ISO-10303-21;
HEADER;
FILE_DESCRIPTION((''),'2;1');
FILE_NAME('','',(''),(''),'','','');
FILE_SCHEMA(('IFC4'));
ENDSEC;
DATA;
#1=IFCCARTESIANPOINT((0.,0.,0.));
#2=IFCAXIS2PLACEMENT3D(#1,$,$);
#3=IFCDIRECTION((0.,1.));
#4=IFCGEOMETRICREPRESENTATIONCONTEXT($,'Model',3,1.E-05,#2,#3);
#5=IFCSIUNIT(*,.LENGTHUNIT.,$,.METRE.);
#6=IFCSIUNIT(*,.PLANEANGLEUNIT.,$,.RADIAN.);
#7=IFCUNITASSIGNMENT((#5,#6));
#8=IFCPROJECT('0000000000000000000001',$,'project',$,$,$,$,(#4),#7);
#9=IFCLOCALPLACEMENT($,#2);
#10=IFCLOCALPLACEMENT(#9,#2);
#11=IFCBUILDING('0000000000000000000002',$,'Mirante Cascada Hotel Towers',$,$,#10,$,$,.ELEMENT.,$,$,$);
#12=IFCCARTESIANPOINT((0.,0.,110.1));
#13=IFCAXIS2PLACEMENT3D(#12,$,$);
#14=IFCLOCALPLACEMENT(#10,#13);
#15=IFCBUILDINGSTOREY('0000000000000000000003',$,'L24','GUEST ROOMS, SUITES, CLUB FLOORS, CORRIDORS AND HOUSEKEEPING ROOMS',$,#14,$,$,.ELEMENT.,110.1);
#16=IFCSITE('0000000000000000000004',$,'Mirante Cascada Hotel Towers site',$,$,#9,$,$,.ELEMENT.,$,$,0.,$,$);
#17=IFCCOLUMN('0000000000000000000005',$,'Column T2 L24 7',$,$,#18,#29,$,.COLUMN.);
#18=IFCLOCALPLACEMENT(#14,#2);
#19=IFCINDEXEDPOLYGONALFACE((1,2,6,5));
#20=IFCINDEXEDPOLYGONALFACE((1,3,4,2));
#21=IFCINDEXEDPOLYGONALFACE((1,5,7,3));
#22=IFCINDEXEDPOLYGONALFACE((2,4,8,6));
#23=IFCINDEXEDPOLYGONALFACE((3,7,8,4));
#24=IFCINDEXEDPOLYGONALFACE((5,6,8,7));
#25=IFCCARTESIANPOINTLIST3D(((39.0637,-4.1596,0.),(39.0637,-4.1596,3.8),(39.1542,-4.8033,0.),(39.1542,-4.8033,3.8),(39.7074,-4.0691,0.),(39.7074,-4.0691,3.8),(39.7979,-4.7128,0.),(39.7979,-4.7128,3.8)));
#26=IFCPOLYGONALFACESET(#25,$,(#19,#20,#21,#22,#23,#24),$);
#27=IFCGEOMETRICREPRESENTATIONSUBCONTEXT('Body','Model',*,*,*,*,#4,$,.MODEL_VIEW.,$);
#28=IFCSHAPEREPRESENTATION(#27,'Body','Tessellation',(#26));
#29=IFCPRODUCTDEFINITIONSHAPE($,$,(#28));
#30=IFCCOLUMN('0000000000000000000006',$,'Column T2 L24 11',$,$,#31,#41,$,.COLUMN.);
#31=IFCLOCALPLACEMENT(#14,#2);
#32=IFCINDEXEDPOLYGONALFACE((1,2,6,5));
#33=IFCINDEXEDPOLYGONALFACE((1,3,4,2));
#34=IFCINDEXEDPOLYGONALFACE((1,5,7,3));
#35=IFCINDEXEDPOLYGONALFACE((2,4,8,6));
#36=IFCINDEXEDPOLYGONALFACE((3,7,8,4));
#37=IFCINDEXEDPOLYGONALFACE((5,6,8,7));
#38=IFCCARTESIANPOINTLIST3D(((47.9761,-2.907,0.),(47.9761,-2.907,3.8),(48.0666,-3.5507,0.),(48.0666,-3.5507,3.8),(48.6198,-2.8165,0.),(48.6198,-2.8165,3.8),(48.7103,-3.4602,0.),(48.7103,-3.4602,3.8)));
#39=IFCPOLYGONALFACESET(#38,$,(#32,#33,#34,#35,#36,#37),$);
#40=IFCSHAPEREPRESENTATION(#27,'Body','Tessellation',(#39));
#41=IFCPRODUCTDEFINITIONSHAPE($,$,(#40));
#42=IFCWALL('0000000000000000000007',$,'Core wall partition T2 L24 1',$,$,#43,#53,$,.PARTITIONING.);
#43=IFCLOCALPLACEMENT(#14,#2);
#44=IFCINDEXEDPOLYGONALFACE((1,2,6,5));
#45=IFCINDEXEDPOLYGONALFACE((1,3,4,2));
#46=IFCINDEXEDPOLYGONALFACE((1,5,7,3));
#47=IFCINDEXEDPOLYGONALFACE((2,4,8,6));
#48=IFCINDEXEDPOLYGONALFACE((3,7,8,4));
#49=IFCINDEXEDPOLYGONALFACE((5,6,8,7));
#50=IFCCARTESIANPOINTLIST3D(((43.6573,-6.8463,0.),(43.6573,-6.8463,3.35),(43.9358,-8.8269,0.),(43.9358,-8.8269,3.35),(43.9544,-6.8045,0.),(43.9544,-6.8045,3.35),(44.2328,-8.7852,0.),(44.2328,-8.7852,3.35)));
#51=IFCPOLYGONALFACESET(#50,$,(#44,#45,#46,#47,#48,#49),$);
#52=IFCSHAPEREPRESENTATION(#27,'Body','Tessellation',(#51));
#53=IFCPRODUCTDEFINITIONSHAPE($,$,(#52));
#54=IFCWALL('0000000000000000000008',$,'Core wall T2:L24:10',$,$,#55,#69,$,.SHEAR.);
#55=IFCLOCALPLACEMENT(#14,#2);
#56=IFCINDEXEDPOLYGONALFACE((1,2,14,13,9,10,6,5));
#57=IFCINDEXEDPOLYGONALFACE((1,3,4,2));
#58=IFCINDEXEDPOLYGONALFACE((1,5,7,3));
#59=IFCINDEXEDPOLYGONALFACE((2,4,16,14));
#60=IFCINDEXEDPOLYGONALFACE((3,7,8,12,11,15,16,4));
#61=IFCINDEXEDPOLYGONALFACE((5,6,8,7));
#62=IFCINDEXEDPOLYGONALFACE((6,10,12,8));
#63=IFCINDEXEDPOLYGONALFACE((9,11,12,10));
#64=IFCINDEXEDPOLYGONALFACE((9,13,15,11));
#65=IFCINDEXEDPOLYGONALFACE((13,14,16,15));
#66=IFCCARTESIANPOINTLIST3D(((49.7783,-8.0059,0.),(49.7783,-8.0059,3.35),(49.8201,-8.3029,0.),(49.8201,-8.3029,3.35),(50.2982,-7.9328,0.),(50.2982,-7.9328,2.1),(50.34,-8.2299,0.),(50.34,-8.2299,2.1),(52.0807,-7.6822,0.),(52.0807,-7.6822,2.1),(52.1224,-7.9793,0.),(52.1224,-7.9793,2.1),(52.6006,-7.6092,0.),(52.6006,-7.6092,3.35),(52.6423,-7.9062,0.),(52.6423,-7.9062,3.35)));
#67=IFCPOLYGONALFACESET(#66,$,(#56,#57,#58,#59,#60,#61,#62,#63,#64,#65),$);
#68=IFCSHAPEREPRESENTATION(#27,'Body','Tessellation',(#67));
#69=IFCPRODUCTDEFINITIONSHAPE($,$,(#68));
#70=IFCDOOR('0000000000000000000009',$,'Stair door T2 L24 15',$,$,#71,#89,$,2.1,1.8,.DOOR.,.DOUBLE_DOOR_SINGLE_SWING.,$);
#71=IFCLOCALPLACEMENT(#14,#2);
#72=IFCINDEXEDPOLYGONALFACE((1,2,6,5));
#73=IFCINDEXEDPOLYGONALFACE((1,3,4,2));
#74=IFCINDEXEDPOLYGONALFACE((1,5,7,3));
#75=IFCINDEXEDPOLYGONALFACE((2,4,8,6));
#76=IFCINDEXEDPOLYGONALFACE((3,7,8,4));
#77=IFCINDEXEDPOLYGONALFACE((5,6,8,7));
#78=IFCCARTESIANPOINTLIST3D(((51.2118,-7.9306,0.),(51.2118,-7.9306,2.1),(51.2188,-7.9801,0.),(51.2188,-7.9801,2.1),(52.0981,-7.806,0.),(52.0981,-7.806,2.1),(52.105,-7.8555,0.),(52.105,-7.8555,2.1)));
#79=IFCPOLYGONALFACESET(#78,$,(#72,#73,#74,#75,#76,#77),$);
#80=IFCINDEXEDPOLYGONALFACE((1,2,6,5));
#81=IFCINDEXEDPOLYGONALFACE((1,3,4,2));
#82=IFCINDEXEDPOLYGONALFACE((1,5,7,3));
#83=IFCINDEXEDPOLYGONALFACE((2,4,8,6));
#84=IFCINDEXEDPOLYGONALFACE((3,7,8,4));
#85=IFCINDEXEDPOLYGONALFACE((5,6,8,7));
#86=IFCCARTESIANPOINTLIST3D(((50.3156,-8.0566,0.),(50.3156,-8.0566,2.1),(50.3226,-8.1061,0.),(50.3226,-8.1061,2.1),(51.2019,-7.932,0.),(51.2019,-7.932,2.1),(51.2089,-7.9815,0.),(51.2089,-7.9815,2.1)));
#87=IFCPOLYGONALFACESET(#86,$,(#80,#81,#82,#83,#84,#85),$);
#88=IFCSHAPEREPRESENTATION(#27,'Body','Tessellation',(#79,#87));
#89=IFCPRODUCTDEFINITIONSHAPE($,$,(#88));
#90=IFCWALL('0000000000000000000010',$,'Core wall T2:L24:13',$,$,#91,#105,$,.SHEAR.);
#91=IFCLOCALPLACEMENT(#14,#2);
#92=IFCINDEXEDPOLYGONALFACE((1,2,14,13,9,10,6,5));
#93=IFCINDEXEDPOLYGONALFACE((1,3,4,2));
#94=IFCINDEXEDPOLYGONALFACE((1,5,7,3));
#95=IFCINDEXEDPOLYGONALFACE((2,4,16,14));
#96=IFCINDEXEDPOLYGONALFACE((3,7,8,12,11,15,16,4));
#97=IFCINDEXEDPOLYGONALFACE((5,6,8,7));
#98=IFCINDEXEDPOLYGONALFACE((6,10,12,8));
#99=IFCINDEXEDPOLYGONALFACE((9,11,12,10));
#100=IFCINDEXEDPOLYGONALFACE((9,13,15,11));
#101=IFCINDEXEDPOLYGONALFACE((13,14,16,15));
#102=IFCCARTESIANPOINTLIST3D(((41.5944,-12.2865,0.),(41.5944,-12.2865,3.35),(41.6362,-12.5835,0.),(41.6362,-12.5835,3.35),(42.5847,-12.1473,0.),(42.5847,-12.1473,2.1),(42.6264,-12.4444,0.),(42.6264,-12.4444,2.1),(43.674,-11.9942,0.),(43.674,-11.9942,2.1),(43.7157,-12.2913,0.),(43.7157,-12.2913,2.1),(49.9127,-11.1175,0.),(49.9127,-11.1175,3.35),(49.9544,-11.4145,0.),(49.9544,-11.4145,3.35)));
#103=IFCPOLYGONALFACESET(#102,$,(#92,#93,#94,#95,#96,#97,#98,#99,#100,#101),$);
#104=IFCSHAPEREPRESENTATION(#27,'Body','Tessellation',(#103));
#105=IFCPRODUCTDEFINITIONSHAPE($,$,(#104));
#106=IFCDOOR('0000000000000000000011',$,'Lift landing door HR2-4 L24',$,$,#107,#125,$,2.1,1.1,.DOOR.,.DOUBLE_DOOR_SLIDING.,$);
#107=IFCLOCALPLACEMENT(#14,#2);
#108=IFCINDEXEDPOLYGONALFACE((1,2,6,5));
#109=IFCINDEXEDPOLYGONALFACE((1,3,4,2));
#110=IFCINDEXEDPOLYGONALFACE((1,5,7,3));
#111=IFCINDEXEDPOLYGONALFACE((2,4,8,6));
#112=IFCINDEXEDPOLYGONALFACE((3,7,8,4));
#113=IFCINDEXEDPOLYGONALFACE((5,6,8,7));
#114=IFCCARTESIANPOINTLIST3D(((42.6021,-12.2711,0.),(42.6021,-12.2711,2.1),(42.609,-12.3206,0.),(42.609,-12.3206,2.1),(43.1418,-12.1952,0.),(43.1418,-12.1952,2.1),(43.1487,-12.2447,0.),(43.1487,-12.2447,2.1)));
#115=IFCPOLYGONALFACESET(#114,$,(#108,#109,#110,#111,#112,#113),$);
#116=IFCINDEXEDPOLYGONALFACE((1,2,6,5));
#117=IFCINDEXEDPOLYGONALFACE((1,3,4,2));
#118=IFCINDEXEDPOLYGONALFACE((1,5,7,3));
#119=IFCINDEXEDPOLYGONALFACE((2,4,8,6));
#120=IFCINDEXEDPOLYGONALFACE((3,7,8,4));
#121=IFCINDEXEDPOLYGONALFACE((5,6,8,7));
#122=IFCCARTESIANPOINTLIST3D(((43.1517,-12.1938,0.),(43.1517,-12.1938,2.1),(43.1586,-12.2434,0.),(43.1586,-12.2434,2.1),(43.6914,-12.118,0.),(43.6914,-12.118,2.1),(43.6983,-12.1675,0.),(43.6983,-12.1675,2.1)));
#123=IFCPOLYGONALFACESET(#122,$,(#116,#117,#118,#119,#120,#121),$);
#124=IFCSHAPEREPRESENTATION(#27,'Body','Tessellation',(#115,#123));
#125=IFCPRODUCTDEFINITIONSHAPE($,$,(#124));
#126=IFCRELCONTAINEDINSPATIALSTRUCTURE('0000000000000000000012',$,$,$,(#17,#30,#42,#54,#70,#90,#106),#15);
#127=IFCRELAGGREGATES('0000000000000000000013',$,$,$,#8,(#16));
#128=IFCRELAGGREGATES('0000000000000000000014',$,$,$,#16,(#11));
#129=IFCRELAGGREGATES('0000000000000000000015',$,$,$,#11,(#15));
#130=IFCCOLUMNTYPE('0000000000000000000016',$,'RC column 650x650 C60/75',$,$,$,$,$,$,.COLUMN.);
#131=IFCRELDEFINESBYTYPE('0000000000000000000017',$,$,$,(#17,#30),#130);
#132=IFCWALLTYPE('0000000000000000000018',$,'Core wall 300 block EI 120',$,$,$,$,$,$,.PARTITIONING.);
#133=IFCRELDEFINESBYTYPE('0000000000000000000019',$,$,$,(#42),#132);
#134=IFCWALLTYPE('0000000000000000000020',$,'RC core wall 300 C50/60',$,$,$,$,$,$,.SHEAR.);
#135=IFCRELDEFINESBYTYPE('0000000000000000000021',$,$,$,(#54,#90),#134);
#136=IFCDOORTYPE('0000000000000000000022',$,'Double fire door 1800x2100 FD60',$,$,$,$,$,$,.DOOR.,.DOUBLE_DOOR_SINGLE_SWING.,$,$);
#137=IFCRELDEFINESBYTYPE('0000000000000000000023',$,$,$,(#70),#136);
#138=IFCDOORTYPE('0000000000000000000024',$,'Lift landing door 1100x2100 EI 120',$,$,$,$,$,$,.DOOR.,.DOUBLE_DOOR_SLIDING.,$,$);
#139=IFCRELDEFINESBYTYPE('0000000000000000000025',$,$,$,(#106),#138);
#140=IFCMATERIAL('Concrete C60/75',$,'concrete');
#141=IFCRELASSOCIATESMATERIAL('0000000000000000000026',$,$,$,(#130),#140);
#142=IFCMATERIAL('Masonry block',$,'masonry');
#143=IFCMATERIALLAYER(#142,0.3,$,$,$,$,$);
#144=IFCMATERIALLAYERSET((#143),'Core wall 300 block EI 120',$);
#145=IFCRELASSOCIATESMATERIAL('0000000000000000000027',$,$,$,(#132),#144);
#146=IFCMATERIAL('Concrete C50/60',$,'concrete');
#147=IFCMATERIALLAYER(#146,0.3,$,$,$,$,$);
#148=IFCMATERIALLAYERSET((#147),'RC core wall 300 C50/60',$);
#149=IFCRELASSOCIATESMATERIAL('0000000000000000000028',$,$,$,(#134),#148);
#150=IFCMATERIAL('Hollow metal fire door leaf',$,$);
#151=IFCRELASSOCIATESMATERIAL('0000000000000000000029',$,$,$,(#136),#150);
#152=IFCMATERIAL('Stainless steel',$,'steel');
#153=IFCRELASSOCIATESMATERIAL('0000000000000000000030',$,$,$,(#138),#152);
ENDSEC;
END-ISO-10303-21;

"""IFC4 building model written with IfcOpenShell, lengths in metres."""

from ifc_helpers import new_model, si_unit, direction, frame, frame_2d, origin, origin_2d, place, context, subcontext, project, spatial, rectangle, extrude, material, layer, layer_set, material_profile, profile_set, type_object, element, fill, save


model = new_model("IFC4")

# Units and contexts
model_context = context("Model", 3, precision=1e-05, world=origin(), true_north=direction((0.0, 1.0)))
body_context = subcontext(model_context, "Body", "Model", "MODEL_VIEW")
ifc_project = project(units=[si_unit("LENGTHUNIT", "METRE"), si_unit("PLANEANGLEUNIT", "RADIAN")], contexts=[model_context])

# Site, building, storey
site_placement = place(None, origin())
site = spatial("IfcSite", under=ifc_project, at=site_placement, Name="Mirante Cascada Hotel Towers site", CompositionType="ELEMENT", RefElevation=0.0)
building_placement = place(site_placement, origin())
building = spatial("IfcBuilding", under=site, at=building_placement, Name="Mirante Cascada Hotel Towers", CompositionType="ELEMENT")
storey_placement = place(building_placement, frame((0.0, 0.0, 110.1)))
storey = spatial("IfcBuildingStorey", under=building, at=storey_placement, Name="L24", Description="GUEST ROOMS, SUITES, CLUB FLOORS, CORRIDORS AND HOUSEKEEPING ROOMS", CompositionType="ELEMENT", Elevation=110.1)

# Columns
ifc_material_1 = material(Name="Concrete C60/75", Category="concrete")
ifc_material_profile = material_profile(ifc_material_1, rectangle(XDim=0.65, YDim=0.65, at=origin_2d()), Name="RC column 650x650 C60/75")
ifc_profile_set = profile_set([ifc_material_profile], Name="Concrete C60/75")
column_type = type_object("IfcColumnType", Name="RC column 650x650 C60/75", PredefinedType="COLUMN", material=ifc_profile_set)
for number, where, z_axis, x_axis, name in (
    (1, (39.4308, -4.4362, 0.0), (0.0, 0.0, 1.0), (0.990268, 0.139173, 0.0), "Column T2 L24 7"),
    (2, (48.3432, -3.1836, 0.0), (0.0, 0.0, 1.0), (0.990268, 0.139173, 0.0), "Column T2 L24 11"),
):
    element("IfcColumn", number, at=place(storey_placement, frame(where, z_axis=z_axis, x_axis=x_axis)), inside=storey, type_object=column_type, Name=name, PredefinedType="COLUMN", context=body_context, shape_type="SweptSolid", body=[
        extrude(rectangle(XDim=0.65, YDim=0.65, at=origin_2d()), origin(), (0.0, 0.0, 1.0), 3.8),
    ])

# Wall
ifc_material_2 = material(Name="Masonry block", Category="masonry")
ifc_layer_1 = layer(ifc_material_2, 0.3)
ifc_layer_set_1 = layer_set([ifc_layer_1], Name="Core wall 300 block EI 120")
wall_type_1 = type_object("IfcWallType", Name="Core wall 300 block EI 120", PredefinedType="PARTITIONING", material=ifc_layer_set_1)
wall_1_placement = place(storey_placement, frame((44.0843, -8.8061, 0.0), z_axis=(0.0, 0.0, 1.0), x_axis=(-0.139195, 0.990265, 0.0)))
element("IfcWall", 3, at=wall_1_placement, inside=storey, type_object=wall_type_1, Name="Core wall partition T2 L24 1", PredefinedType="PARTITIONING", context=body_context, shape_type="SweptSolid", body=[
    extrude(rectangle(XDim=2.0001, YDim=0.3, at=frame_2d((1.0001, 0.0))), origin(), (0.0, 0.0, 1.0), 3.35),
])

# Walls, openings, doors
ifc_material_3 = material(Name="Concrete C50/60", Category="concrete")
ifc_layer_2 = layer(ifc_material_3, 0.3)
ifc_layer_set_2 = layer_set([ifc_layer_2], Name="RC core wall 300 C50/60")
wall_type_2 = type_object("IfcWallType", Name="RC core wall 300 C50/60", PredefinedType="SHEAR", material=ifc_layer_set_2)
wall_2_placement = place(storey_placement, frame((49.7992, -8.1544, 0.0), z_axis=(0.0, 0.0, 1.0), x_axis=(0.990266, 0.139191, 0.0)))
wall_2 = element("IfcWall", 4, at=wall_2_placement, inside=storey, type_object=wall_type_2, Name="Core wall T2:L24:10", PredefinedType="SHEAR", context=body_context, shape_type="SweptSolid", body=[
    extrude(rectangle(XDim=2.85, YDim=0.3, at=frame_2d((1.425, 0.0))), origin(), (0.0, 0.0, 1.0), 3.35),
])
opening_1_placement = place(wall_2_placement, frame((0.525, 0.0, 0.0)))
opening_1 = element("IfcOpeningElement", 5, at=opening_1_placement, cuts=wall_2, PredefinedType="OPENING", context=body_context, shape_type="SweptSolid", body=[
    extrude(rectangle(XDim=1.8, YDim=2.1, at=frame_2d((0.9, 1.05))), frame((0.0, 0.15, 0.0), z_axis=(0.0, -1.0, 0.0), x_axis=(1.0, 0.0, 0.0)), (0.0, 0.0, 1.0), 0.3),
])
ifc_material_4 = material(Name="Hollow metal fire door leaf")
door_type_1 = type_object("IfcDoorType", Name="Double fire door 1800x2100 FD60", OperationType="DOUBLE_DOOR_SINGLE_SWING", PredefinedType="DOOR", material=ifc_material_4)
door_1_placement = place(opening_1_placement, frame((1.8, 0.0, 0.0), z_axis=(0.0, 0.0, 1.0), x_axis=(-1.0, 0.0, 0.0)))
door_1 = element("IfcDoor", 6, at=door_1_placement, inside=storey, type_object=door_type_1, Name="Stair door T2 L24 15", OperationType="DOUBLE_DOOR_SINGLE_SWING", OverallHeight=2.1, OverallWidth=1.8, PredefinedType="DOOR", context=body_context, shape_type="SweptSolid", body=[
    extrude(rectangle(XDim=0.895, YDim=2.1, at=frame_2d((0.4475, 1.05))), frame((0.0, 0.025, 0.0), z_axis=(0.0, -1.0, 0.0), x_axis=(1.0, 0.0, 0.0)), (0.0, 0.0, 1.0), 0.05),
    extrude(rectangle(XDim=0.895, YDim=2.1, at=frame_2d((1.3525, 1.05))), frame((0.0, 0.025, 0.0), z_axis=(0.0, -1.0, 0.0), x_axis=(1.0, 0.0, 0.0)), (0.0, 0.0, 1.0), 0.05),
])
fill(opening_1, door_1)
wall_3_placement = place(storey_placement, frame((41.6153, -12.435, 0.0), z_axis=(0.0, 0.0, 1.0), x_axis=(0.990269, 0.139166, 0.0)))
wall_3 = element("IfcWall", 7, at=wall_3_placement, inside=storey, type_object=wall_type_2, Name="Core wall T2:L24:13", PredefinedType="SHEAR", context=body_context, shape_type="SweptSolid", body=[
    extrude(rectangle(XDim=8.4, YDim=0.3, at=frame_2d((4.2, 0.0))), origin(), (0.0, 0.0, 1.0), 3.35),
])
opening_2_placement = place(wall_3_placement, frame((1.0, 0.0, 0.0)))
opening_2 = element("IfcOpeningElement", 8, at=opening_2_placement, cuts=wall_3, PredefinedType="OPENING", context=body_context, shape_type="SweptSolid", body=[
    extrude(rectangle(XDim=1.1, YDim=2.1, at=frame_2d((0.55, 1.05))), frame((0.0, 0.15, 0.0), z_axis=(0.0, -1.0, 0.0), x_axis=(1.0, 0.0, 0.0)), (0.0, 0.0, 1.0), 0.3),
])
ifc_material_5 = material(Name="Stainless steel", Category="steel")
door_type_2 = type_object("IfcDoorType", Name="Lift landing door 1100x2100 EI 120", OperationType="DOUBLE_DOOR_SLIDING", PredefinedType="DOOR", material=ifc_material_5)
door_2_placement = place(opening_2_placement, origin())
door_2 = element("IfcDoor", 9, at=door_2_placement, inside=storey, type_object=door_type_2, Name="Lift landing door HR2-4 L24", OperationType="DOUBLE_DOOR_SLIDING", OverallHeight=2.1, OverallWidth=1.1, PredefinedType="DOOR", context=body_context, shape_type="SweptSolid", body=[
    extrude(rectangle(XDim=0.545, YDim=2.1, at=frame_2d((0.2725, 1.05))), frame((0.0, 0.025, 0.0), z_axis=(0.0, -1.0, 0.0), x_axis=(1.0, 0.0, 0.0)), (0.0, 0.0, 1.0), 0.05),
    extrude(rectangle(XDim=0.545, YDim=2.1, at=frame_2d((0.8275, 1.05))), frame((0.0, 0.025, 0.0), z_axis=(0.0, -1.0, 0.0), x_axis=(1.0, 0.0, 0.0)), (0.0, 0.0, 1.0), 0.05),
])
fill(opening_2, door_2)

save(model, "model.ifc")
